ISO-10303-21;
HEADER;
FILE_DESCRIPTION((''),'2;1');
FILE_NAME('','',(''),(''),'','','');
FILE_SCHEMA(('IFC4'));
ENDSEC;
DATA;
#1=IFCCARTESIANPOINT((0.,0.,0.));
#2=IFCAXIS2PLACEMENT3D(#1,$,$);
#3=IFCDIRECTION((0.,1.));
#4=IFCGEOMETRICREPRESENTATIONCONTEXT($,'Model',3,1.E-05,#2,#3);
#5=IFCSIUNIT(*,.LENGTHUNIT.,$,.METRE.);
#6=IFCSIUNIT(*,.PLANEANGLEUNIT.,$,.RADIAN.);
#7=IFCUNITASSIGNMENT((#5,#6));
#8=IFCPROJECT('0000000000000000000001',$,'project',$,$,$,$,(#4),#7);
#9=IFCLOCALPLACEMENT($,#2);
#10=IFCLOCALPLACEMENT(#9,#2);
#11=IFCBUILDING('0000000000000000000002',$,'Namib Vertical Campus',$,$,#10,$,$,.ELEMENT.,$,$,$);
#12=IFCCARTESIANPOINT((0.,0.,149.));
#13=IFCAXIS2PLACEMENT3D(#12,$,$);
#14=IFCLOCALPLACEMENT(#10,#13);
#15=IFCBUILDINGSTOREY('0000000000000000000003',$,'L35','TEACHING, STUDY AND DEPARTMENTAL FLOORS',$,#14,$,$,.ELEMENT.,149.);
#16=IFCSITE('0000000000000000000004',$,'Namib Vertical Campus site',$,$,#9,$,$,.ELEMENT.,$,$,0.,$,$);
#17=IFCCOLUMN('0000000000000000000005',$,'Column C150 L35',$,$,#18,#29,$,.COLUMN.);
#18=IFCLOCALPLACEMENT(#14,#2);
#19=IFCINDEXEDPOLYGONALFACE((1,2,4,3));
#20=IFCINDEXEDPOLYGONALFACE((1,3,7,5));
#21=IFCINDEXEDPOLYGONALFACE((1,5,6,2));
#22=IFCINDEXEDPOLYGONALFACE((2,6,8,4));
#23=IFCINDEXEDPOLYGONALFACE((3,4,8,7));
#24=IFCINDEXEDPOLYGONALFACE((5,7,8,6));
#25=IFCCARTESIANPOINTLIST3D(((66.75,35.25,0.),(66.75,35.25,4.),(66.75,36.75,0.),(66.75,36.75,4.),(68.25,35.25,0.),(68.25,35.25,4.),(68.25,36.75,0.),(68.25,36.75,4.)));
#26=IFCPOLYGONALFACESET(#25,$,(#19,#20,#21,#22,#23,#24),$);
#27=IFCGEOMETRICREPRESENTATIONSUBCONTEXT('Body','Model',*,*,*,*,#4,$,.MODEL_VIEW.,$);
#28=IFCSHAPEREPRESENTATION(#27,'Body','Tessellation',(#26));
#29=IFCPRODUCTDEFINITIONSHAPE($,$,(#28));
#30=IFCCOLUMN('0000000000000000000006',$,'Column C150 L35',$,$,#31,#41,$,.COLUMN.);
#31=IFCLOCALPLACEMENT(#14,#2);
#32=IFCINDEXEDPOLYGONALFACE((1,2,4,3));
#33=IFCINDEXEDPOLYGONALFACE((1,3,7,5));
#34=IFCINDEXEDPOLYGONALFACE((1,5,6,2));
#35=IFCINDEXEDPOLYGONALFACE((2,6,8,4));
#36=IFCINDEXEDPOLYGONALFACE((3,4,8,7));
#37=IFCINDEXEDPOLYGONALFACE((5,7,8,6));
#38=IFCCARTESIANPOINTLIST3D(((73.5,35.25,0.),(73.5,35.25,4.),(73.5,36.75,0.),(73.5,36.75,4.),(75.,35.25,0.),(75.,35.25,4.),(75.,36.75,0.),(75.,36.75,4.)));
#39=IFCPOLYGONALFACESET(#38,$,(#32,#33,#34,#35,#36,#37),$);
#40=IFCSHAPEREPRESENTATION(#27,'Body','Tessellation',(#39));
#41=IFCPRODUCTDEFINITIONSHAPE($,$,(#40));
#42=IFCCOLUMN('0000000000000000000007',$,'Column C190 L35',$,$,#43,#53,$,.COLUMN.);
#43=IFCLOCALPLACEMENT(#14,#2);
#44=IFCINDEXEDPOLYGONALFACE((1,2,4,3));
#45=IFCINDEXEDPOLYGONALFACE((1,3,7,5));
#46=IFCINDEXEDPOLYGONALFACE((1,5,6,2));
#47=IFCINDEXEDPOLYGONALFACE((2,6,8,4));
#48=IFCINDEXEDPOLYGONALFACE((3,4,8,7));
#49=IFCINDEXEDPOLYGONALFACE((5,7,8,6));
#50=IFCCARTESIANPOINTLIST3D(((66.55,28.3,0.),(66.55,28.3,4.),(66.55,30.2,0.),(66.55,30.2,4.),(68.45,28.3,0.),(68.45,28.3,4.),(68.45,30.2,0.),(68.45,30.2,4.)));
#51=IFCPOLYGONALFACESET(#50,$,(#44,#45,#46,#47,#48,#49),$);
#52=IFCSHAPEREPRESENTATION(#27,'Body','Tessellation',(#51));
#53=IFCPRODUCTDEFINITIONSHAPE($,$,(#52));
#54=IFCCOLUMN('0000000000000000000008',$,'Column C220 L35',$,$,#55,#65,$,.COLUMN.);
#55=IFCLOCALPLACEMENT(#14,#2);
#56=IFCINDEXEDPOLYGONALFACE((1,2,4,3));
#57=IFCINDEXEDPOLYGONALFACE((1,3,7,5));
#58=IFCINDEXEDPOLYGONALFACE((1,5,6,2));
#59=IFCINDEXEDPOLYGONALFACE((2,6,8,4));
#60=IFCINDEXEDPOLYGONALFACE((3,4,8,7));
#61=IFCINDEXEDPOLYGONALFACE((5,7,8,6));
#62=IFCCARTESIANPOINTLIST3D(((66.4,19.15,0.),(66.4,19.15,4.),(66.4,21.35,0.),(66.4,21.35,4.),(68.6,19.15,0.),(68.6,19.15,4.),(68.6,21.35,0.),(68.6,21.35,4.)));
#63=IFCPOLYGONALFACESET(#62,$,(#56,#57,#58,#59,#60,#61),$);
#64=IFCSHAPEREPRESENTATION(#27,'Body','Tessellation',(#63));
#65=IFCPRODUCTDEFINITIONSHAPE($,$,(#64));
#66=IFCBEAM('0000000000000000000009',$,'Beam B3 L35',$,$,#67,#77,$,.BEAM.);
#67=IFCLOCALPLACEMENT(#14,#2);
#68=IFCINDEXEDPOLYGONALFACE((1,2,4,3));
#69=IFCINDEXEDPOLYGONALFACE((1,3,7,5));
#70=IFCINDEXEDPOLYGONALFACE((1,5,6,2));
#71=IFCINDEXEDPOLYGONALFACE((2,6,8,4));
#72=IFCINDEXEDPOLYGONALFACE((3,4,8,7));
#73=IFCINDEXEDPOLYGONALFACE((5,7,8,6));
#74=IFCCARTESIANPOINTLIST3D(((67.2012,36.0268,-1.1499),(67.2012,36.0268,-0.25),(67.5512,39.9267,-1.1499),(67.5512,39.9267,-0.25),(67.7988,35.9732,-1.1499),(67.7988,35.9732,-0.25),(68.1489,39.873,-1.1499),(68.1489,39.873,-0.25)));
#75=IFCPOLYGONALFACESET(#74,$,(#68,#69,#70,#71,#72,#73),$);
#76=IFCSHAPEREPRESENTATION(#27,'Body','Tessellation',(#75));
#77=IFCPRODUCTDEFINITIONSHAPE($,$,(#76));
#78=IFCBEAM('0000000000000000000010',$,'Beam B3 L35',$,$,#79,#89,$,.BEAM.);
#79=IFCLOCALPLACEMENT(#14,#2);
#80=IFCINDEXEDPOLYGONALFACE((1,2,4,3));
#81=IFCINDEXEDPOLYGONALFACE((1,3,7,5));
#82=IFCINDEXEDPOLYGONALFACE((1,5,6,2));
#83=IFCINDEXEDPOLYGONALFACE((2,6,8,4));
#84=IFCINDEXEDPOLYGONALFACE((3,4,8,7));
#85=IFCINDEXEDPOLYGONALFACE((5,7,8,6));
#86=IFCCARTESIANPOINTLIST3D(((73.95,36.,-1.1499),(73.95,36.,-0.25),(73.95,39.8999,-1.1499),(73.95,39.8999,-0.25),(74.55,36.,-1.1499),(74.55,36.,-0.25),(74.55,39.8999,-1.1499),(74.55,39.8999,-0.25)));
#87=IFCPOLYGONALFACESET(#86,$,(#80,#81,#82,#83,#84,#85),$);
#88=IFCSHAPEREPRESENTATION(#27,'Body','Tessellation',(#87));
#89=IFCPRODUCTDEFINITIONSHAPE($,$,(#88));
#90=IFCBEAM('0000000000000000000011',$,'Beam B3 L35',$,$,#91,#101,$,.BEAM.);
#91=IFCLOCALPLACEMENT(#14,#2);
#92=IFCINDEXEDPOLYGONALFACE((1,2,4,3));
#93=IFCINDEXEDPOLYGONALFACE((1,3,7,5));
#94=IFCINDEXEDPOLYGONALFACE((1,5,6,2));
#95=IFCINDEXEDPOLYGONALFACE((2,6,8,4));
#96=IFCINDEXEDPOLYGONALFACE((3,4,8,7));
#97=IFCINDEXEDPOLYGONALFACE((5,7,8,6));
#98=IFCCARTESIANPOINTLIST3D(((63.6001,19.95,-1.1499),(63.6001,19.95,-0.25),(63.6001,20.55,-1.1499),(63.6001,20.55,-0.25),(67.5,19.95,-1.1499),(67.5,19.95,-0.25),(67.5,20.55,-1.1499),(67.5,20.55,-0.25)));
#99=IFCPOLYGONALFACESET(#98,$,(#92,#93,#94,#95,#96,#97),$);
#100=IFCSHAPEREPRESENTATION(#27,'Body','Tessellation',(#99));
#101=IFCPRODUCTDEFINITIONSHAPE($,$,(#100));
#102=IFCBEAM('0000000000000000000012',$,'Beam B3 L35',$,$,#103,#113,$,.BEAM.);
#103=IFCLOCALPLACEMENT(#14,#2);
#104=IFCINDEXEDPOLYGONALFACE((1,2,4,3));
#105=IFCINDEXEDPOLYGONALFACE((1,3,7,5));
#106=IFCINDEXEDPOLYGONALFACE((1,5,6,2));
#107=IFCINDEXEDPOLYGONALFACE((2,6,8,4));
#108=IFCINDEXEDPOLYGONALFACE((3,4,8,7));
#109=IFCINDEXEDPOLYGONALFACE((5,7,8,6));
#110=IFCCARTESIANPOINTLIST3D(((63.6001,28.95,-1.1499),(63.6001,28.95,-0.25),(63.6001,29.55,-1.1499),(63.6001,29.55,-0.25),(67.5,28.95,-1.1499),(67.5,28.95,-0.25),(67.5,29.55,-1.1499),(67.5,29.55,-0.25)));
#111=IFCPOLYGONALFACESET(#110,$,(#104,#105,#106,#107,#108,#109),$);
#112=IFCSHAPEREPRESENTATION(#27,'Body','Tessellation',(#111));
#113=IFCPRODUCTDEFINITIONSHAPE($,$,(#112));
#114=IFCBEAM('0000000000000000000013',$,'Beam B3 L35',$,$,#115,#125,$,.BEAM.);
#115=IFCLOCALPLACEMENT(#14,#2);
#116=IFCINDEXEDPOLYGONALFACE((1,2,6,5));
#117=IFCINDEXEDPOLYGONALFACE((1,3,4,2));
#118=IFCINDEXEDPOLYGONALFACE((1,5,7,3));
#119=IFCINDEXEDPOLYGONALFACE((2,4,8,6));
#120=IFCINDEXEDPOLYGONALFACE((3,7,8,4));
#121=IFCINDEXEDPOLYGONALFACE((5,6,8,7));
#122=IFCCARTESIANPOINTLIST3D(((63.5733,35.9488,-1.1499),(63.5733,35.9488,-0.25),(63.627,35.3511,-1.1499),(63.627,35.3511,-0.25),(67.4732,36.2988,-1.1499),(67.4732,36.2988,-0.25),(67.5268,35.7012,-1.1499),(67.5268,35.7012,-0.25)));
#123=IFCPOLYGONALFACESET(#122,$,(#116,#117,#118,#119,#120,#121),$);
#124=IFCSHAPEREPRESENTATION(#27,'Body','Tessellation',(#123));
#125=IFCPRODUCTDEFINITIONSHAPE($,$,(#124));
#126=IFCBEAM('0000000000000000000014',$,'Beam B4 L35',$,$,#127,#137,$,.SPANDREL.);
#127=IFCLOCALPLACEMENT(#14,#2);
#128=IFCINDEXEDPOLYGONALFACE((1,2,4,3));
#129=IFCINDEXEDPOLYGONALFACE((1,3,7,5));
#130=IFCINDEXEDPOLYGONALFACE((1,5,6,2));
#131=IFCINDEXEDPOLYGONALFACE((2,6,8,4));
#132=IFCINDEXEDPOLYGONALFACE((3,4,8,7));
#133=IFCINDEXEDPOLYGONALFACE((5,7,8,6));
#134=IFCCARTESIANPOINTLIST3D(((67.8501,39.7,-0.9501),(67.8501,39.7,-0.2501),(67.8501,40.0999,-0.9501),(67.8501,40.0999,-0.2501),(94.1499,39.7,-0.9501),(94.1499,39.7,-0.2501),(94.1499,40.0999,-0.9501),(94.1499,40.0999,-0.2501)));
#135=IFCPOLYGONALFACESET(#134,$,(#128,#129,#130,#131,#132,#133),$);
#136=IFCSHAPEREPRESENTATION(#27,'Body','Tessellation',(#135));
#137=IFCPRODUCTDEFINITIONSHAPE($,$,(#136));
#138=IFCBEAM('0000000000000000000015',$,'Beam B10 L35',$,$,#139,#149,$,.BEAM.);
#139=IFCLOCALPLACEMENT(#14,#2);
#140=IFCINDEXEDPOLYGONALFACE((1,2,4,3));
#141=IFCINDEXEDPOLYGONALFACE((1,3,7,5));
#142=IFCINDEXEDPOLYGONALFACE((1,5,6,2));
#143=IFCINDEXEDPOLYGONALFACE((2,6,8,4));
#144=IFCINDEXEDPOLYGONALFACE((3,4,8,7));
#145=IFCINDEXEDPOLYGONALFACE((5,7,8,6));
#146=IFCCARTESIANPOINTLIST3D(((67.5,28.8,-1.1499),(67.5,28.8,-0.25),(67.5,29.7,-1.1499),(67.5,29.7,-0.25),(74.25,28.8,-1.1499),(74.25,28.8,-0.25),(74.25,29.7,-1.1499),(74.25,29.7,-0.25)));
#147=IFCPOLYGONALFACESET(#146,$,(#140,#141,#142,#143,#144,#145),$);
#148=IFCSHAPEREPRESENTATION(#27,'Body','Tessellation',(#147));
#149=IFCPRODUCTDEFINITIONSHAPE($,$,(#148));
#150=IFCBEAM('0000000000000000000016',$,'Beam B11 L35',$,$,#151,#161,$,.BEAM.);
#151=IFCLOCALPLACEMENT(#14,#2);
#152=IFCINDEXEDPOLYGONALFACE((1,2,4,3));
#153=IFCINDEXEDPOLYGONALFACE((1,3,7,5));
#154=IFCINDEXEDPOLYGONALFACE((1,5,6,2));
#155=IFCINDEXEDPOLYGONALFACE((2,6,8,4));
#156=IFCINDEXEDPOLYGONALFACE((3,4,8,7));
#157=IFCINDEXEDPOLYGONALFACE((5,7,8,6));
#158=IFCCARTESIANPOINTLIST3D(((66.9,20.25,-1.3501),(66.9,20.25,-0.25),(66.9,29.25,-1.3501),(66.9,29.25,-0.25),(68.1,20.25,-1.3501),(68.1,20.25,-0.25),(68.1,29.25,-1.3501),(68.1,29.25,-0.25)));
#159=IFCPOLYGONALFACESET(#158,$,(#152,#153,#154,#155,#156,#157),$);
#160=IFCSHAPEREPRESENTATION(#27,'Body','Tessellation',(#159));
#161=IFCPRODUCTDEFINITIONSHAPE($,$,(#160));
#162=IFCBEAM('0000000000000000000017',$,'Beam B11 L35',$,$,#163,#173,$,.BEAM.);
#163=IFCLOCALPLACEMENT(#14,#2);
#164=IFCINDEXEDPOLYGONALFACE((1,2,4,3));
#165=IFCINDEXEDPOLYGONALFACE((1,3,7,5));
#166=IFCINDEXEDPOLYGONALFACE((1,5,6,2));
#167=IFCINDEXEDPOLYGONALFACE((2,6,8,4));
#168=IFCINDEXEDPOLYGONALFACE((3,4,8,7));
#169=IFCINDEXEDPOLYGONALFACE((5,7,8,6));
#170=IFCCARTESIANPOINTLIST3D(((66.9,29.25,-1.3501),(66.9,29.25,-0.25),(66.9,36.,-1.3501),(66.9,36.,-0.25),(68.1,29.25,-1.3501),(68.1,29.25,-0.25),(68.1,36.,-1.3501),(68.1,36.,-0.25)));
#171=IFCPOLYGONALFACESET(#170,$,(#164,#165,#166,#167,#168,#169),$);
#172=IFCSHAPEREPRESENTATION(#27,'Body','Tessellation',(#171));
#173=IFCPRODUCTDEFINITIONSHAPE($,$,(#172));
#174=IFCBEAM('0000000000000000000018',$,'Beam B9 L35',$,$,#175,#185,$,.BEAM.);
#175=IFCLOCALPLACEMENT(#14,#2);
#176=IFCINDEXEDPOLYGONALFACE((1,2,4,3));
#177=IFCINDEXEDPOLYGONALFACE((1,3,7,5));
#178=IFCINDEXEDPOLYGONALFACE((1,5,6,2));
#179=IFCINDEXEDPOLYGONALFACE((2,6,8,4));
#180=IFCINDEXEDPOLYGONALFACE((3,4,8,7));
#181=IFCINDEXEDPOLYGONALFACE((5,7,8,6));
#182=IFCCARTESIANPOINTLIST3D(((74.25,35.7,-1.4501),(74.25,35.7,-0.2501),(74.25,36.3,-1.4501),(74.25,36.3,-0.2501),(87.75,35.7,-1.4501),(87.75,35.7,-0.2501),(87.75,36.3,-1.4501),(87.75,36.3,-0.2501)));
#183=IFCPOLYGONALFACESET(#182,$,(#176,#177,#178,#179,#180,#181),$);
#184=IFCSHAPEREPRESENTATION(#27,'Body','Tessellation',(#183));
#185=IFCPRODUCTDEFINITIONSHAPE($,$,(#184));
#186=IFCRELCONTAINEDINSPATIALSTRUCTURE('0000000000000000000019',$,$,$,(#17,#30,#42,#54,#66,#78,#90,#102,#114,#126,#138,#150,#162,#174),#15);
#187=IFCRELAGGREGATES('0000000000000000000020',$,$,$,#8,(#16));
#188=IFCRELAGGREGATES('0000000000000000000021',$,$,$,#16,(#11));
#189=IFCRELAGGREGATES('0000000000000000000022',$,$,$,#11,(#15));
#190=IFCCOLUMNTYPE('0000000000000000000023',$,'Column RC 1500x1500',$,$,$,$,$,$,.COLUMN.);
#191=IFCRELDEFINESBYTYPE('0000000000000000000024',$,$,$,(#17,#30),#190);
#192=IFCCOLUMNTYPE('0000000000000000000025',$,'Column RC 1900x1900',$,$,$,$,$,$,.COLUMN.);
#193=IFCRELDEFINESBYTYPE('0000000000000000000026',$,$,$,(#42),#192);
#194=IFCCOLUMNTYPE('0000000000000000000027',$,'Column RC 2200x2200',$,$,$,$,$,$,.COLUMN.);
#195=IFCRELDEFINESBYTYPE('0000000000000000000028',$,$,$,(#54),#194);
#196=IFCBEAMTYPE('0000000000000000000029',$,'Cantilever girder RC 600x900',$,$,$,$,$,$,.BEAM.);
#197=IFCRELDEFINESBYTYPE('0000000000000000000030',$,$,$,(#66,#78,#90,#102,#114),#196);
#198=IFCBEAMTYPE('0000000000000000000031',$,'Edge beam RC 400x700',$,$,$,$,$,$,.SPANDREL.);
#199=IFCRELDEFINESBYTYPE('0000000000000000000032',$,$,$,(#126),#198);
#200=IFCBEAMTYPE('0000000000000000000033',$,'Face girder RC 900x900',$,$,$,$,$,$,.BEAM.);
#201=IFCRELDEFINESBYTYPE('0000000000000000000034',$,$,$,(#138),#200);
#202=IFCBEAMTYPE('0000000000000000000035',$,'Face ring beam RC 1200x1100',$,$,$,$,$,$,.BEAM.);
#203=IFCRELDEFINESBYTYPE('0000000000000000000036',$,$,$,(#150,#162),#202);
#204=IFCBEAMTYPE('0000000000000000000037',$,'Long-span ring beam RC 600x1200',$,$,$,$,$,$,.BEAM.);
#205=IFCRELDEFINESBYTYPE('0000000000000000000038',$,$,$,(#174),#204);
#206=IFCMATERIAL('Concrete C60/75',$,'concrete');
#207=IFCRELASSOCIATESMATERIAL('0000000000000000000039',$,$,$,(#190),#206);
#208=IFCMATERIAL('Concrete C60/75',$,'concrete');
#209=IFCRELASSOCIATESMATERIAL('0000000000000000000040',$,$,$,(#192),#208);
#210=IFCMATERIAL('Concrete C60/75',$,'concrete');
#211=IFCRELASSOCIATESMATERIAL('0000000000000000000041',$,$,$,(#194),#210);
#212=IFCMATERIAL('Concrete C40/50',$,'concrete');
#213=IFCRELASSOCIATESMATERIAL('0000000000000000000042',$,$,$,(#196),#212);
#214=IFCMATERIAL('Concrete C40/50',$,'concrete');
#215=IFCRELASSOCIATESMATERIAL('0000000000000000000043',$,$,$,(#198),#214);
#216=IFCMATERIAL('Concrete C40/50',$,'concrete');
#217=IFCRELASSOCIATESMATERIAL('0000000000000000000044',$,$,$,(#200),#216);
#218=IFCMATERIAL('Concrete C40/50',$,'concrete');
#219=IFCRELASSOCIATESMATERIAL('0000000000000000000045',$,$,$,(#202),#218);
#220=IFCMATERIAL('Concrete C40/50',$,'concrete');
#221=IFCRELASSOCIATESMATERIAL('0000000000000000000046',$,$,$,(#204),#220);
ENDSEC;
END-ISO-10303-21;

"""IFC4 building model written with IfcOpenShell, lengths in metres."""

from ifc_helpers import new_model, si_unit, direction, frame, origin, origin_2d, place, context, subcontext, project, spatial, rectangle, extrude, material, material_profile, profile_set, type_object, element, save


model = new_model("IFC4")

# Units and contexts
model_context = context("Model", 3, precision=1e-05, world=origin(), true_north=direction((0.0, 1.0)))
body_context = subcontext(model_context, "Body", "Model", "MODEL_VIEW")
ifc_project = project(units=[si_unit("LENGTHUNIT", "METRE"), si_unit("PLANEANGLEUNIT", "RADIAN")], contexts=[model_context])

# Site, building, storey
site_placement = place(None, origin())
site = spatial("IfcSite", under=ifc_project, at=site_placement, Name="Namib Vertical Campus site", CompositionType="ELEMENT", RefElevation=0.0)
building_placement = place(site_placement, origin())
building = spatial("IfcBuilding", under=site, at=building_placement, Name="Namib Vertical Campus", CompositionType="ELEMENT")
storey_placement = place(building_placement, frame((0.0, 0.0, 149.0)))
storey = spatial("IfcBuildingStorey", under=building, at=storey_placement, Name="L35", Description="TEACHING, STUDY AND DEPARTMENTAL FLOORS", CompositionType="ELEMENT", Elevation=149.0)

# Columns
ifc_material_1 = material(Name="Concrete C60/75", Category="concrete")
ifc_material_profile_1 = material_profile(ifc_material_1, rectangle(XDim=1.5, YDim=1.5, at=origin_2d()))
ifc_profile_set_1 = profile_set([ifc_material_profile_1], Name="Concrete C60/75")
column_type_1 = type_object("IfcColumnType", Name="Column RC 1500x1500", PredefinedType="COLUMN", material=ifc_profile_set_1)
for number, where, z_axis, x_axis, name in (
    (1, (67.5, 36.0, 0.0), (0.0, 0.0, 1.0), (1.0, 0.0, 0.0), "Column C150 L35"),
    (2, (74.25, 36.0, 0.0), (0.0, 0.0, 1.0), (1.0, 0.0, 0.0), "Column C150 L35"),
):
    element("IfcColumn", number, at=place(storey_placement, frame(where, z_axis=z_axis, x_axis=x_axis)), inside=storey, type_object=column_type_1, Name=name, PredefinedType="COLUMN", context=body_context, shape_type="SweptSolid", body=[
        extrude(rectangle(XDim=1.5, YDim=1.5, at=origin_2d()), origin(), (0.0, 0.0, 1.0), 4.0),
    ])
ifc_material_2 = material(Name="Concrete C60/75", Category="concrete")
ifc_material_profile_2 = material_profile(ifc_material_2, rectangle(XDim=1.8999, YDim=1.8999, at=origin_2d()))
ifc_profile_set_2 = profile_set([ifc_material_profile_2], Name="Concrete C60/75")
column_type_2 = type_object("IfcColumnType", Name="Column RC 1900x1900", PredefinedType="COLUMN", material=ifc_profile_set_2)
column_1_placement = place(storey_placement, frame((67.5, 29.25, 0.0), z_axis=(0.0, 0.0, 1.0), x_axis=(1.0, 0.0, 0.0)))
element("IfcColumn", 3, at=column_1_placement, inside=storey, type_object=column_type_2, Name="Column C190 L35", PredefinedType="COLUMN", context=body_context, shape_type="SweptSolid", body=[
    extrude(rectangle(XDim=1.8999, YDim=1.8999, at=origin_2d()), origin(), (0.0, 0.0, 1.0), 4.0),
])
ifc_material_3 = material(Name="Concrete C60/75", Category="concrete")
ifc_material_profile_3 = material_profile(ifc_material_3, rectangle(XDim=2.2, YDim=2.2, at=origin_2d()))
ifc_profile_set_3 = profile_set([ifc_material_profile_3], Name="Concrete C60/75")
column_type_3 = type_object("IfcColumnType", Name="Column RC 2200x2200", PredefinedType="COLUMN", material=ifc_profile_set_3)
column_2_placement = place(storey_placement, frame((67.5, 20.25, 0.0), z_axis=(0.0, 0.0, 1.0), x_axis=(1.0, 0.0, 0.0)))
element("IfcColumn", 4, at=column_2_placement, inside=storey, type_object=column_type_3, Name="Column C220 L35", PredefinedType="COLUMN", context=body_context, shape_type="SweptSolid", body=[
    extrude(rectangle(XDim=2.2, YDim=2.2, at=origin_2d()), origin(), (0.0, 0.0, 1.0), 4.0),
])

# Beams
ifc_material_4 = material(Name="Concrete C40/50", Category="concrete")
ifc_material_profile_4 = material_profile(ifc_material_4, rectangle(XDim=0.6001, YDim=0.8999, at=origin_2d()))
ifc_profile_set_4 = profile_set([ifc_material_profile_4], Name="Concrete C40/50")
beam_type_1 = type_object("IfcBeamType", Name="Cantilever girder RC 600x900", PredefinedType="BEAM", material=ifc_profile_set_4)
beam_1_placement = place(storey_placement, frame((67.5, 36.0, -0.7), z_axis=(0.089411, 0.995995, 0.0), x_axis=(-0.995995, 0.089411, 0.0)))
element("IfcBeam", 5, at=beam_1_placement, inside=storey, type_object=beam_type_1, Name="Beam B3 L35", PredefinedType="BEAM", context=body_context, shape_type="SweptSolid", body=[
    extrude(rectangle(XDim=0.6001, YDim=0.8999, at=origin_2d()), origin(), (0.0, 0.0, 1.0), 3.9155),
])
for number, where, z_axis, x_axis, name in (
    (6, (74.25, 36.0, -0.7), (0.0, 1.0, 0.0), (-1.0, 0.0, 0.0), "Beam B3 L35"),
    (7, (67.5, 20.25, -0.7), (-1.0, 0.0, 0.0), (0.0, -1.0, 0.0), "Beam B3 L35"),
    (8, (67.5, 29.25, -0.7), (-1.0, 0.0, 0.0), (0.0, -1.0, 0.0), "Beam B3 L35"),
):
    element("IfcBeam", number, at=place(storey_placement, frame(where, z_axis=z_axis, x_axis=x_axis)), inside=storey, type_object=beam_type_1, Name=name, PredefinedType="BEAM", context=body_context, shape_type="SweptSolid", body=[
        extrude(rectangle(XDim=0.6001, YDim=0.8999, at=origin_2d()), origin(), (0.0, 0.0, 1.0), 3.8999),
    ])
beam_2_placement = place(storey_placement, frame((67.5, 36.0, -0.7), z_axis=(-0.995995, -0.089411, 0.0), x_axis=(0.089411, -0.995995, 0.0)))
element("IfcBeam", 9, at=beam_2_placement, inside=storey, type_object=beam_type_1, Name="Beam B3 L35", PredefinedType="BEAM", context=body_context, shape_type="SweptSolid", body=[
    extrude(rectangle(XDim=0.6001, YDim=0.8999, at=origin_2d()), origin(), (0.0, 0.0, 1.0), 3.9155),
])
ifc_material_5 = material(Name="Concrete C40/50", Category="concrete")
ifc_material_profile_5 = material_profile(ifc_material_5, rectangle(XDim=0.3999, YDim=0.7, at=origin_2d()))
ifc_profile_set_5 = profile_set([ifc_material_profile_5], Name="Concrete C40/50")
beam_type_2 = type_object("IfcBeamType", Name="Edge beam RC 400x700", PredefinedType="SPANDREL", material=ifc_profile_set_5)
beam_3_placement = place(storey_placement, frame((67.8501, 39.8999, -0.6001), z_axis=(1.0, 0.0, 0.0), x_axis=(0.0, 1.0, 0.0)))
element("IfcBeam", 10, at=beam_3_placement, inside=storey, type_object=beam_type_2, Name="Beam B4 L35", PredefinedType="SPANDREL", context=body_context, shape_type="SweptSolid", body=[
    extrude(rectangle(XDim=0.3999, YDim=0.7, at=origin_2d()), origin(), (0.0, 0.0, 1.0), 26.2998),
])
ifc_material_6 = material(Name="Concrete C40/50", Category="concrete")
ifc_material_profile_6 = material_profile(ifc_material_6, rectangle(XDim=0.8999, YDim=0.8999, at=origin_2d()))
ifc_profile_set_6 = profile_set([ifc_material_profile_6], Name="Concrete C40/50")
beam_type_3 = type_object("IfcBeamType", Name="Face girder RC 900x900", PredefinedType="BEAM", material=ifc_profile_set_6)
beam_4_placement = place(storey_placement, frame((67.5, 29.25, -0.7), z_axis=(1.0, 0.0, 0.0), x_axis=(0.0, 1.0, 0.0)))
element("IfcBeam", 11, at=beam_4_placement, inside=storey, type_object=beam_type_3, Name="Beam B10 L35", PredefinedType="BEAM", context=body_context, shape_type="SweptSolid", body=[
    extrude(rectangle(XDim=0.8999, YDim=0.8999, at=origin_2d()), origin(), (0.0, 0.0, 1.0), 6.75),
])
ifc_material_7 = material(Name="Concrete C40/50", Category="concrete")
ifc_material_profile_7 = material_profile(ifc_material_7, rectangle(XDim=1.2, YDim=1.1001, at=origin_2d()))
ifc_profile_set_7 = profile_set([ifc_material_profile_7], Name="Concrete C40/50")
beam_type_4 = type_object("IfcBeamType", Name="Face ring beam RC 1200x1100", PredefinedType="BEAM", material=ifc_profile_set_7)
beam_5_placement = place(storey_placement, frame((67.5, 20.25, -0.8), z_axis=(0.0, 1.0, 0.0), x_axis=(-1.0, 0.0, 0.0)))
element("IfcBeam", 12, at=beam_5_placement, inside=storey, type_object=beam_type_4, Name="Beam B11 L35", PredefinedType="BEAM", context=body_context, shape_type="SweptSolid", body=[
    extrude(rectangle(XDim=1.2, YDim=1.1001, at=origin_2d()), origin(), (0.0, 0.0, 1.0), 9.0),
])
beam_6_placement = place(storey_placement, frame((67.5, 29.25, -0.8), z_axis=(0.0, 1.0, 0.0), x_axis=(-1.0, 0.0, 0.0)))
element("IfcBeam", 13, at=beam_6_placement, inside=storey, type_object=beam_type_4, Name="Beam B11 L35", PredefinedType="BEAM", context=body_context, shape_type="SweptSolid", body=[
    extrude(rectangle(XDim=1.2, YDim=1.1001, at=origin_2d()), origin(), (0.0, 0.0, 1.0), 6.75),
])
ifc_material_8 = material(Name="Concrete C40/50", Category="concrete")
ifc_material_profile_8 = material_profile(ifc_material_8, rectangle(XDim=0.6001, YDim=1.2, at=origin_2d()))
ifc_profile_set_8 = profile_set([ifc_material_profile_8], Name="Concrete C40/50")
beam_type_5 = type_object("IfcBeamType", Name="Long-span ring beam RC 600x1200", PredefinedType="BEAM", material=ifc_profile_set_8)
beam_7_placement = place(storey_placement, frame((74.25, 36.0, -0.8501), z_axis=(1.0, 0.0, 0.0), x_axis=(0.0, 1.0, 0.0)))
element("IfcBeam", 14, at=beam_7_placement, inside=storey, type_object=beam_type_5, Name="Beam B9 L35", PredefinedType="BEAM", context=body_context, shape_type="SweptSolid", body=[
    extrude(rectangle(XDim=0.6001, YDim=1.2, at=origin_2d()), origin(), (0.0, 0.0, 1.0), 13.5),
])

save(model, "model.ifc")
